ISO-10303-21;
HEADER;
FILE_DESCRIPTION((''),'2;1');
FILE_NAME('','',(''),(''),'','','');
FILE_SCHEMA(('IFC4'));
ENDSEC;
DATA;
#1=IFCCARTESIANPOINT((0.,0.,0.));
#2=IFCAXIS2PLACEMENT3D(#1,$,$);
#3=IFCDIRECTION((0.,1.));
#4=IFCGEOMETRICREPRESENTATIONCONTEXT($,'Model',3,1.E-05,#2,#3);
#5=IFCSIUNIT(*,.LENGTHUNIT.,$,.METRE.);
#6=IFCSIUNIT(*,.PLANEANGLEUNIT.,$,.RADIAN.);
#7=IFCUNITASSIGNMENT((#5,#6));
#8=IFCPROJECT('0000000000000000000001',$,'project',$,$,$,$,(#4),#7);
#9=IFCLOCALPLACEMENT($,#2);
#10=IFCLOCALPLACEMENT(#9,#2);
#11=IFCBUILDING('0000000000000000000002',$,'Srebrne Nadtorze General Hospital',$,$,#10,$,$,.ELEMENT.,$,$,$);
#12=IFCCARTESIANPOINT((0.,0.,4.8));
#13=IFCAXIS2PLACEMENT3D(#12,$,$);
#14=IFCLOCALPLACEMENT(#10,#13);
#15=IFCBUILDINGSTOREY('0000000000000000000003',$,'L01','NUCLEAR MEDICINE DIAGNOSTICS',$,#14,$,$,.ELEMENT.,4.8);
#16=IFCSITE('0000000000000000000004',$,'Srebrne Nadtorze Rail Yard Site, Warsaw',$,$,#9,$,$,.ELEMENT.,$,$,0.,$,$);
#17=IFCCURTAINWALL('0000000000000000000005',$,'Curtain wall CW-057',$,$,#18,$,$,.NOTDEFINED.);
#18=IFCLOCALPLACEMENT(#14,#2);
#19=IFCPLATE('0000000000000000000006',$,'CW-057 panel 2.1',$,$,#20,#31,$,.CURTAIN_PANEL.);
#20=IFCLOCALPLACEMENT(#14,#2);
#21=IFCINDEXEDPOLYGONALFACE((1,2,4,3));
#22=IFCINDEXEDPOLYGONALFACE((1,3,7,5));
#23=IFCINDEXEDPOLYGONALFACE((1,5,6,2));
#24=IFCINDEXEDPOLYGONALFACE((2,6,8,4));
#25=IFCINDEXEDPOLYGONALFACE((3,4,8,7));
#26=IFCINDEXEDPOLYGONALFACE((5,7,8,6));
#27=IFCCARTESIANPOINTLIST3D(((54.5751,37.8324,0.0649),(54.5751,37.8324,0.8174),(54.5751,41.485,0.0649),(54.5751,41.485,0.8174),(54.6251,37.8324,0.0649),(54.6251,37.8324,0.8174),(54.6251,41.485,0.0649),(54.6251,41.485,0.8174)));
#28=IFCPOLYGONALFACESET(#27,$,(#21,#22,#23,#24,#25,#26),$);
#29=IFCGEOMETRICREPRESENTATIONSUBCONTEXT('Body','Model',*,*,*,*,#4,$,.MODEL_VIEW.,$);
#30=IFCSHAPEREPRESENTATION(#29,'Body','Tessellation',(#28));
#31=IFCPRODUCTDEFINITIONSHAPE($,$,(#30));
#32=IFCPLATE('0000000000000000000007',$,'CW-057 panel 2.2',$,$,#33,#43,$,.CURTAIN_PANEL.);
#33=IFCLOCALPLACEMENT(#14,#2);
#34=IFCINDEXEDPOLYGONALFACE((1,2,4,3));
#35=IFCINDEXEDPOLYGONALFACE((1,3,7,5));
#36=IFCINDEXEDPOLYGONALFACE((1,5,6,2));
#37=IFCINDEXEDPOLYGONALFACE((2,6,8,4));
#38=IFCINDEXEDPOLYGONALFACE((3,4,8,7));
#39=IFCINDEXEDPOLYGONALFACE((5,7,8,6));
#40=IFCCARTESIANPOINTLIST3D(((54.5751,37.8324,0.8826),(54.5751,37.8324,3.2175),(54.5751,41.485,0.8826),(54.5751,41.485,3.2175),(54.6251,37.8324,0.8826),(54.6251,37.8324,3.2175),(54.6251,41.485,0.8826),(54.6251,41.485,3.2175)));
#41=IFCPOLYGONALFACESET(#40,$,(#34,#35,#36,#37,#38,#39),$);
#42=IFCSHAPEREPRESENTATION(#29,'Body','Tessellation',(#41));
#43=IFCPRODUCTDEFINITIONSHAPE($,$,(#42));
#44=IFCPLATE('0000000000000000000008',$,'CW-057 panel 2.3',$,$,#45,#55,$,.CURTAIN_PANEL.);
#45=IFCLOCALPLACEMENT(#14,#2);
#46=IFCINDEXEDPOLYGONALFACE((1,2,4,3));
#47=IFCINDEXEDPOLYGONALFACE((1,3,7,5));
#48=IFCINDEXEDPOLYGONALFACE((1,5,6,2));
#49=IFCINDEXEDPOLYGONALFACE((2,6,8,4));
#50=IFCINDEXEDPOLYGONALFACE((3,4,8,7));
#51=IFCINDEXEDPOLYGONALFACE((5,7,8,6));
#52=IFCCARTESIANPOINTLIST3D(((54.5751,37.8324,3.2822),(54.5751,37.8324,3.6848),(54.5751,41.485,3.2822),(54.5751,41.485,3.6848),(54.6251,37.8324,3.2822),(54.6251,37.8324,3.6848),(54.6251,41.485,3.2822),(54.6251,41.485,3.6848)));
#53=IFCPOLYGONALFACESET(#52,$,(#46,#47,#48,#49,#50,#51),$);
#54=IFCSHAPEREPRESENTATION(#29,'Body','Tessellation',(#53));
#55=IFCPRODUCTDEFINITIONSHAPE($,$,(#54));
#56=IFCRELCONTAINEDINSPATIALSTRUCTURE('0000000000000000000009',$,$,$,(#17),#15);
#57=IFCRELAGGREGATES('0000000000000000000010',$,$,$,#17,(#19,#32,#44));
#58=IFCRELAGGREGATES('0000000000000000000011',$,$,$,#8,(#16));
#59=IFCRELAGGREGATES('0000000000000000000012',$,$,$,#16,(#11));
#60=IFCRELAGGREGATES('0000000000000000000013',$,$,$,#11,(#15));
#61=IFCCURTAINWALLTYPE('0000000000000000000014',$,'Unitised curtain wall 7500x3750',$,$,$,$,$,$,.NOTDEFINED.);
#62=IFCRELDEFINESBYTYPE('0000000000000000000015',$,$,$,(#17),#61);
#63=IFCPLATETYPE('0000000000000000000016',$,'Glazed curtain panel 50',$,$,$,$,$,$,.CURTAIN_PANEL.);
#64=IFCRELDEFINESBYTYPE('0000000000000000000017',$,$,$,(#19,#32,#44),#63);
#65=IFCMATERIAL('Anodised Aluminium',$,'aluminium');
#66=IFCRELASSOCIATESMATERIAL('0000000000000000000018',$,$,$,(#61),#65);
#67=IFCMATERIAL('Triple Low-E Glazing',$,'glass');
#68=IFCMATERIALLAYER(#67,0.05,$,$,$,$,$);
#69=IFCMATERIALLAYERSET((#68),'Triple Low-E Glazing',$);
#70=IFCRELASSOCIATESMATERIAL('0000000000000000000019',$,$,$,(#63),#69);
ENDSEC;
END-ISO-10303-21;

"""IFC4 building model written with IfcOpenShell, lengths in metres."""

from ifc_helpers import new_model, si_unit, direction, frame, origin, origin_2d, place, context, subcontext, project, spatial, rectangle, extrude, material, layer, layer_set, type_object, element, aggregate, save


model = new_model("IFC4")

# Units and contexts
model_context = context("Model", 3, precision=1e-05, world=origin(), true_north=direction((0.0, 1.0)))
body_context = subcontext(model_context, "Body", "Model", "MODEL_VIEW")
ifc_project = project(units=[si_unit("LENGTHUNIT", "METRE"), si_unit("PLANEANGLEUNIT", "RADIAN")], contexts=[model_context])

# Site, building, storey
site_placement = place(None, origin())
site = spatial("IfcSite", under=ifc_project, at=site_placement, Name="Srebrne Nadtorze Rail Yard Site, Warsaw", CompositionType="ELEMENT", RefElevation=0.0)
building_placement = place(site_placement, origin())
building = spatial("IfcBuilding", under=site, at=building_placement, Name="Srebrne Nadtorze General Hospital", CompositionType="ELEMENT")
storey_placement = place(building_placement, frame((0.0, 0.0, 4.8)))
storey = spatial("IfcBuildingStorey", under=building, at=storey_placement, Name="L01", Description="NUCLEAR MEDICINE DIAGNOSTICS", CompositionType="ELEMENT", Elevation=4.8)

# Shared definitions
ifc_material_1 = material(Name="Anodised Aluminium", Category="aluminium")
curtain_wall_type = type_object("IfcCurtainWallType", Name="Unitised curtain wall 7500x3750", PredefinedType="NOTDEFINED", material=ifc_material_1)

# Curtain wall
curtain_wall_1_placement = place(storey_placement, origin())
curtain_wall_1 = element("IfcCurtainWall", 1, at=curtain_wall_1_placement, inside=storey, type_object=curtain_wall_type, Name="Curtain wall CW-057", PredefinedType="NOTDEFINED")

# Plates
ifc_material_2 = material(Name="Triple Low-E Glazing", Category="glass")
ifc_layer = layer(ifc_material_2, 0.05)
ifc_layer_set = layer_set([ifc_layer], Name="Triple Low-E Glazing")
plate_type = type_object("IfcPlateType", Name="Glazed curtain panel 50", PredefinedType="CURTAIN_PANEL", material=ifc_layer_set)
plate_1_placement = place(storey_placement, frame((54.6001, 39.6587, 0.0649), z_axis=(0.0, 0.0, 1.0), x_axis=(0.0, 1.0, 0.0)))
plate_1 = element("IfcPlate", 2, at=plate_1_placement, type_object=plate_type, Name="CW-057 panel 2.1", PredefinedType="CURTAIN_PANEL", context=body_context, shape_type="SweptSolid", body=[
    extrude(rectangle(XDim=3.6526, YDim=0.05, at=origin_2d()), origin(), (0.0, 0.0, 1.0), 0.7524),
])
plate_2_placement = place(storey_placement, frame((54.6001, 39.6587, 0.8826), z_axis=(0.0, 0.0, 1.0), x_axis=(0.0, 1.0, 0.0)))
plate_2 = element("IfcPlate", 3, at=plate_2_placement, type_object=plate_type, Name="CW-057 panel 2.2", PredefinedType="CURTAIN_PANEL", context=body_context, shape_type="SweptSolid", body=[
    extrude(rectangle(XDim=3.6526, YDim=0.05, at=origin_2d()), origin(), (0.0, 0.0, 1.0), 2.335),
])
plate_3_placement = place(storey_placement, frame((54.6001, 39.6587, 3.2822), z_axis=(0.0, 0.0, 1.0), x_axis=(0.0, 1.0, 0.0)))
plate_3 = element("IfcPlate", 4, at=plate_3_placement, type_object=plate_type, Name="CW-057 panel 2.3", PredefinedType="CURTAIN_PANEL", context=body_context, shape_type="SweptSolid", body=[
    extrude(rectangle(XDim=3.6526, YDim=0.05, at=origin_2d()), origin(), (0.0, 0.0, 1.0), 0.4026),
])
aggregate(curtain_wall_1, [plate_1, plate_2, plate_3])

save(model, "model.ifc")
